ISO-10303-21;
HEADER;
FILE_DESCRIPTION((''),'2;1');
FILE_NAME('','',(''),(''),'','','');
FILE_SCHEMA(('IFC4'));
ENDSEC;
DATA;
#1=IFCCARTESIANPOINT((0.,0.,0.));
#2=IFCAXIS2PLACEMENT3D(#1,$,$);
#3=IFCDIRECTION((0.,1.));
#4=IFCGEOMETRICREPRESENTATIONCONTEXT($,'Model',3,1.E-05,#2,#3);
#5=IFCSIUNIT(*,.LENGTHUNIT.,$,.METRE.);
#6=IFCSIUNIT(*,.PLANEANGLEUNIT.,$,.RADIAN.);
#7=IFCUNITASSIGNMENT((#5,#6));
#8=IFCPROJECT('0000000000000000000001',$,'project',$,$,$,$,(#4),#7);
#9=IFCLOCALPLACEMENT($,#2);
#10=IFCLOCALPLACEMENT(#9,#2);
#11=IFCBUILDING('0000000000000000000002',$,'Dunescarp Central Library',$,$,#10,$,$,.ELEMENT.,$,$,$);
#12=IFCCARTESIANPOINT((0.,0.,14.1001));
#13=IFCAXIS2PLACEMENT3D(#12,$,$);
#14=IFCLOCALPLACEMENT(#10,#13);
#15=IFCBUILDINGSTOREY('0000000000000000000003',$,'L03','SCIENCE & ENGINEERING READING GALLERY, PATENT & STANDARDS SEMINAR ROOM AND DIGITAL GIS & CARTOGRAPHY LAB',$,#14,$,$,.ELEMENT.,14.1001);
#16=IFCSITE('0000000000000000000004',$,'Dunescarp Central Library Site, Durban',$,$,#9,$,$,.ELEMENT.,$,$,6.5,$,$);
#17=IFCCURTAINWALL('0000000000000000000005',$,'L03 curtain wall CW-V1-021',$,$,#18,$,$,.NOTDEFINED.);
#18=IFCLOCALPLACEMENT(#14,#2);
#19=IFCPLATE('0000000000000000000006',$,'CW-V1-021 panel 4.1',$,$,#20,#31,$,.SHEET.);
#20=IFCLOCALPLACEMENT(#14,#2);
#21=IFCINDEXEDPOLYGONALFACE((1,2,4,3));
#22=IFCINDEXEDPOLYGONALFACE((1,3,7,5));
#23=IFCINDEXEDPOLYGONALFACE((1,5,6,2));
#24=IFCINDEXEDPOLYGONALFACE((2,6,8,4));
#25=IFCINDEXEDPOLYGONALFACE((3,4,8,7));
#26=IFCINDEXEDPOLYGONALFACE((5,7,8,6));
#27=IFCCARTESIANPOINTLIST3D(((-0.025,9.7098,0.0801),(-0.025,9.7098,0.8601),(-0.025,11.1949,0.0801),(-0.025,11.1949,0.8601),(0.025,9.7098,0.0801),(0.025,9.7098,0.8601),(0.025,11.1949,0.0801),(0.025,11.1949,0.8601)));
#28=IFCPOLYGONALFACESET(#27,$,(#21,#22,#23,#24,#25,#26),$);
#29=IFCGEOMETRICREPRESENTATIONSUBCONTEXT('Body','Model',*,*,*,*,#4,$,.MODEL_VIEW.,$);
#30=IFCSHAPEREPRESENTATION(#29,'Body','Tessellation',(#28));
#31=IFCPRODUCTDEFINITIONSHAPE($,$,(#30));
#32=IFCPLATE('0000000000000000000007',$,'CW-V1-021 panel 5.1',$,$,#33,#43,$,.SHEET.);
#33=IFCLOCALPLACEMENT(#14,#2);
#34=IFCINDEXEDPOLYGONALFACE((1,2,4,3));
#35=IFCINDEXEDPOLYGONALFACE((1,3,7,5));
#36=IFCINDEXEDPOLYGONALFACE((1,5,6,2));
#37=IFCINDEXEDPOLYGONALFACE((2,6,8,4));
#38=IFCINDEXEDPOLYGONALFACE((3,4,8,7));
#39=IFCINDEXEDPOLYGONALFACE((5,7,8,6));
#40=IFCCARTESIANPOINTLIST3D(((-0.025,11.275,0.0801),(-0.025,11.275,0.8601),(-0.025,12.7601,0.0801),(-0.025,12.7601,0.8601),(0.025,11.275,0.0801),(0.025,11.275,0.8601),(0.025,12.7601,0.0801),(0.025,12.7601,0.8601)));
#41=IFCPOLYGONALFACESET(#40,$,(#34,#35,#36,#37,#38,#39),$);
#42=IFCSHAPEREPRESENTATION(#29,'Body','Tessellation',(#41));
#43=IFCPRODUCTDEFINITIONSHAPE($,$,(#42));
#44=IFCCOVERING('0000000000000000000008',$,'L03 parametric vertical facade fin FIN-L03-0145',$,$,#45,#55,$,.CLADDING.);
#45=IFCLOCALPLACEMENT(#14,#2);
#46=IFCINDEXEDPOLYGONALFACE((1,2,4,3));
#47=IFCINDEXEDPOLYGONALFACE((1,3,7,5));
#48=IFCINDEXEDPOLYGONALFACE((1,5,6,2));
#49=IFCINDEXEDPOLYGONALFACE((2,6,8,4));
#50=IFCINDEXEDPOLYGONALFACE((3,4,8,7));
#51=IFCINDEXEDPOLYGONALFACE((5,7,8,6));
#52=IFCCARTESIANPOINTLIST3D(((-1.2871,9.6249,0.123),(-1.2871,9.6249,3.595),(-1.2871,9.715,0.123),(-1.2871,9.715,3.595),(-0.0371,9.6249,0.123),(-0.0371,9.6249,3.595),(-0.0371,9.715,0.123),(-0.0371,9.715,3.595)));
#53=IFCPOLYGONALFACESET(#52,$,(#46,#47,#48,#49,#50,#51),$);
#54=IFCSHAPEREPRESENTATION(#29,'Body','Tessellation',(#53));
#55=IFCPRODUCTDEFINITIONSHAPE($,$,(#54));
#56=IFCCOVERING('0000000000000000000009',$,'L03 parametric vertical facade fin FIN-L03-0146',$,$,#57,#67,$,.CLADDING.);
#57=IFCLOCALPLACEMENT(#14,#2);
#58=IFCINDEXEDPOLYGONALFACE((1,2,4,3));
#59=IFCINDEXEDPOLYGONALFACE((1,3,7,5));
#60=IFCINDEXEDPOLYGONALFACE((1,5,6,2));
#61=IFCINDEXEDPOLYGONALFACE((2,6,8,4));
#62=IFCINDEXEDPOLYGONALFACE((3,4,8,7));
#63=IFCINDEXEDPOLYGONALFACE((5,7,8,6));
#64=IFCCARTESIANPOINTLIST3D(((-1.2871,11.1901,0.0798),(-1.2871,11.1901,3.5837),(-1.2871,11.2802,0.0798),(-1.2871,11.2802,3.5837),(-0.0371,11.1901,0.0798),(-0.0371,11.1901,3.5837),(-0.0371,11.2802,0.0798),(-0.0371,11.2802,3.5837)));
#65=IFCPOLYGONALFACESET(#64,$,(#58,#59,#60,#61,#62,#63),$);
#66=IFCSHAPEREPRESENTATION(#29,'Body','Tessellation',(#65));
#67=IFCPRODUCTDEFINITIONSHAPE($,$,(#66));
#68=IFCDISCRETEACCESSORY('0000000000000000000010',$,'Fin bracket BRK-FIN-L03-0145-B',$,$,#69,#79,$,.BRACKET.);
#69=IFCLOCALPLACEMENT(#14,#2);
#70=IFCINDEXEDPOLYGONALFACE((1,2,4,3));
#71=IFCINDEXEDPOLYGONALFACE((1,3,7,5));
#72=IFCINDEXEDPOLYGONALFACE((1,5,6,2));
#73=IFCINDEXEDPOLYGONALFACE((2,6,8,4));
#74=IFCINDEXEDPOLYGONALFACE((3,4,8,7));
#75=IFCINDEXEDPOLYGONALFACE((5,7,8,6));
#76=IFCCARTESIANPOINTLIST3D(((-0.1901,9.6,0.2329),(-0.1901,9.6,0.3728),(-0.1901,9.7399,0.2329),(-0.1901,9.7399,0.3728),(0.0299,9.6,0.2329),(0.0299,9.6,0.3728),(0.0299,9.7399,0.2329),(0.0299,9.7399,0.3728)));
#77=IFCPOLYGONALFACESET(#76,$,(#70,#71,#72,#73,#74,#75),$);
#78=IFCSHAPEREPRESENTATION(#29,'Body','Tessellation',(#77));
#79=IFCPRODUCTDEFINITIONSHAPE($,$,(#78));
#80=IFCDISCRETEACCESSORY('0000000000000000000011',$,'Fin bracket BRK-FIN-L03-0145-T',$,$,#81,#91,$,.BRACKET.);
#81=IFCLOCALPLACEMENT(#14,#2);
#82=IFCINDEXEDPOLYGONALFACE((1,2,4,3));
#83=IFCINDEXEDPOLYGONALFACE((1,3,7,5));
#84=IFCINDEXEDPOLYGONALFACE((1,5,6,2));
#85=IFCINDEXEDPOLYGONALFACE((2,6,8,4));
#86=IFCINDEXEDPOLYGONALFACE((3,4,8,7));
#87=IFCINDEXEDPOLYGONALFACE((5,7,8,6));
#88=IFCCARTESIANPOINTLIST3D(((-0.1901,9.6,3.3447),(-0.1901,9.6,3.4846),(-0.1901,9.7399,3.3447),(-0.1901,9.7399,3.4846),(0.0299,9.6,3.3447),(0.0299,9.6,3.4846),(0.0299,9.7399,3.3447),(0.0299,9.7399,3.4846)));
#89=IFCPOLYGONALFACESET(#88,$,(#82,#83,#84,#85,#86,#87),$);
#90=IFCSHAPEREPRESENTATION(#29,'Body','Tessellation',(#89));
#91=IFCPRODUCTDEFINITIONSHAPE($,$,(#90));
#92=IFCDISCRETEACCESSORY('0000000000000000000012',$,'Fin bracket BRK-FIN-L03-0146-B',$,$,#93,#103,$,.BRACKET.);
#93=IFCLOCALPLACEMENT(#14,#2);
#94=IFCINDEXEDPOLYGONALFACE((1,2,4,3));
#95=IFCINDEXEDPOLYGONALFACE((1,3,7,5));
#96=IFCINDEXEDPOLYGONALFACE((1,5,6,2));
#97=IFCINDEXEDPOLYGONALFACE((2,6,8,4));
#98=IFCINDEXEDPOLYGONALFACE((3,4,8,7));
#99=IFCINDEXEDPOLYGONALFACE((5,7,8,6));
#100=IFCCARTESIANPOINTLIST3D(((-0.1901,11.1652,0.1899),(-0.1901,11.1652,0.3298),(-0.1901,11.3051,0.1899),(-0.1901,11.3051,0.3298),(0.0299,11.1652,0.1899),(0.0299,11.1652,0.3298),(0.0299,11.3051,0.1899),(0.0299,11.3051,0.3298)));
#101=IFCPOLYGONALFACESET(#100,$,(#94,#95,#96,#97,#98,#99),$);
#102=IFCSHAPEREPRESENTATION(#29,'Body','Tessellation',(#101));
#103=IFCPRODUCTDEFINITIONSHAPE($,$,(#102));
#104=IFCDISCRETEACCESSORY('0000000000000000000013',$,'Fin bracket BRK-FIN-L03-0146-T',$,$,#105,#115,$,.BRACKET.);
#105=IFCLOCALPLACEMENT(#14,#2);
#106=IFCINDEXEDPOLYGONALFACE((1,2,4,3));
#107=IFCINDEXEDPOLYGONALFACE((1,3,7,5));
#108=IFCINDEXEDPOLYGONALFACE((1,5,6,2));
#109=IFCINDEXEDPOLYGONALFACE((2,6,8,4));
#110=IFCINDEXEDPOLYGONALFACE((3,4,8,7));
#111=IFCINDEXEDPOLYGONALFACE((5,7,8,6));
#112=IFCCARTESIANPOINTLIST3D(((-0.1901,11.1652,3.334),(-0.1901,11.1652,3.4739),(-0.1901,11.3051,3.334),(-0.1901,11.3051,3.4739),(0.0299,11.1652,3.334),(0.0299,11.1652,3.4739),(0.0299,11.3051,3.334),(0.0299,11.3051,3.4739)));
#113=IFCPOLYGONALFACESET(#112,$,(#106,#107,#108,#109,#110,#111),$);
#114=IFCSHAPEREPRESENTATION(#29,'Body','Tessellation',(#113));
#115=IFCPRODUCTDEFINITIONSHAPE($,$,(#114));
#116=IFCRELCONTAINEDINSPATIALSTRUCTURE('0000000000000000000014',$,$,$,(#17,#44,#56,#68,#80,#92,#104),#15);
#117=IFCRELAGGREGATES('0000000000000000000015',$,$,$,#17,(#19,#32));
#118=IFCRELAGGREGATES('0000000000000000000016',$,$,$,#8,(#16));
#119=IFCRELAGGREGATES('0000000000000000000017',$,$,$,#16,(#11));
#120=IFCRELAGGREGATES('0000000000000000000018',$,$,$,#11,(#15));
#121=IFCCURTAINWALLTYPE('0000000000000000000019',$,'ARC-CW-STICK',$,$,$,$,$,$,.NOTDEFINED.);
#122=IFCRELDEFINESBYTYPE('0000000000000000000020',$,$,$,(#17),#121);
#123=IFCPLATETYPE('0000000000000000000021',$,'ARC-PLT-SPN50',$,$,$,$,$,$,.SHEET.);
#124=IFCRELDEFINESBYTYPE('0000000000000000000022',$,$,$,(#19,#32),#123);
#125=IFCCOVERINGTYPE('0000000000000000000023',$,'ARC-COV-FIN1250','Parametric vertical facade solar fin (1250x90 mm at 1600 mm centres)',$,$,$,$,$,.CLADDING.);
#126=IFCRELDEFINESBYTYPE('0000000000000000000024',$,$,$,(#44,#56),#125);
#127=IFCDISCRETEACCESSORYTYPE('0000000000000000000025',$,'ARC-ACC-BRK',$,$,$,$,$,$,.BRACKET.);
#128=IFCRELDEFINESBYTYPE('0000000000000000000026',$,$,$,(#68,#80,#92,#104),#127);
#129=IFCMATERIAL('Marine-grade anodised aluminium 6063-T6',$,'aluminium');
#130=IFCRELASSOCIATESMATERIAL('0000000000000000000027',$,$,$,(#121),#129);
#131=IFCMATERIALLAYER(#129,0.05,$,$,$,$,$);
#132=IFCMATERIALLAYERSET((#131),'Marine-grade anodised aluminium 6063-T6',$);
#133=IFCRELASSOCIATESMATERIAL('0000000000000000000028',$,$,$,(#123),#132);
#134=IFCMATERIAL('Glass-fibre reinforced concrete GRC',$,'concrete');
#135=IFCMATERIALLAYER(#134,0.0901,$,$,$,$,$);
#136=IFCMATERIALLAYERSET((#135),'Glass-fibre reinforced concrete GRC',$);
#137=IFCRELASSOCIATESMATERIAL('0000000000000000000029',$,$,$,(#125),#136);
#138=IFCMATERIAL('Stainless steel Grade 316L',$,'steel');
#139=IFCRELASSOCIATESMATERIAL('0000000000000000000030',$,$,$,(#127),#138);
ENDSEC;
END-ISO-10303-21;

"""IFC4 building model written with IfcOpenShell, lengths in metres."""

from ifc_helpers import new_model, si_unit, direction, frame, origin, origin_2d, place, context, subcontext, project, spatial, rectangle, extrude, material, layer, layer_set, type_object, element, aggregate, save


model = new_model("IFC4")

# Units and contexts
model_context = context("Model", 3, precision=1e-05, world=origin(), true_north=direction((0.0, 1.0)))
body_context = subcontext(model_context, "Body", "Model", "MODEL_VIEW")
ifc_project = project(units=[si_unit("LENGTHUNIT", "METRE"), si_unit("PLANEANGLEUNIT", "RADIAN")], contexts=[model_context])

# Site, building, storey
site_placement = place(None, origin())
site = spatial("IfcSite", under=ifc_project, at=site_placement, Name="Dunescarp Central Library Site, Durban", CompositionType="ELEMENT", RefElevation=6.5)
building_placement = place(site_placement, origin())
building = spatial("IfcBuilding", under=site, at=building_placement, Name="Dunescarp Central Library", CompositionType="ELEMENT")
storey_placement = place(building_placement, frame((0.0, 0.0, 14.1001)))
storey = spatial("IfcBuildingStorey", under=building, at=storey_placement, Name="L03", Description="SCIENCE & ENGINEERING READING GALLERY, PATENT & STANDARDS SEMINAR ROOM AND DIGITAL GIS & CARTOGRAPHY LAB", CompositionType="ELEMENT", Elevation=14.1001)

# Curtain wall, plates
ifc_material_1 = material(Name="Marine-grade anodised aluminium 6063-T6", Category="aluminium")
curtain_wall_type = type_object("IfcCurtainWallType", Name="ARC-CW-STICK", PredefinedType="NOTDEFINED", material=ifc_material_1)
curtain_wall_placement = place(storey_placement, origin())
curtain_wall = element("IfcCurtainWall", 1, at=curtain_wall_placement, inside=storey, type_object=curtain_wall_type, Name="L03 curtain wall CW-V1-021", PredefinedType="NOTDEFINED")
ifc_layer_1 = layer(ifc_material_1, 0.05)
ifc_layer_set_1 = layer_set([ifc_layer_1], Name="Marine-grade anodised aluminium 6063-T6")
plate_type_1 = type_object("IfcPlateType", Name="ARC-PLT-SPN50", PredefinedType="SHEET", material=ifc_layer_set_1)
plate_1_placement = place(storey_placement, frame((0.0, 10.4524, 0.0801), z_axis=(0.0, 0.0, 1.0), x_axis=(0.0, 1.0, 0.0)))
plate_1 = element("IfcPlate", 2, at=plate_1_placement, type_object=plate_type_1, Name="CW-V1-021 panel 4.1", PredefinedType="SHEET", context=body_context, shape_type="SweptSolid", body=[
    extrude(rectangle(XDim=1.4851, YDim=0.05, at=origin_2d()), origin(), (0.0, 0.0, 1.0), 0.78),
])
plate_2_placement = place(storey_placement, frame((0.0, 12.0176, 0.0801), z_axis=(0.0, 0.0, 1.0), x_axis=(0.0, 1.0, 0.0)))
plate_2 = element("IfcPlate", 3, at=plate_2_placement, type_object=plate_type_1, Name="CW-V1-021 panel 5.1", PredefinedType="SHEET", context=body_context, shape_type="SweptSolid", body=[
    extrude(rectangle(XDim=1.4851, YDim=0.05, at=origin_2d()), origin(), (0.0, 0.0, 1.0), 0.78),
])
aggregate(curtain_wall, [plate_1, plate_2])

# Coverings
ifc_material_2 = material(Name="Glass-fibre reinforced concrete GRC", Category="concrete")
ifc_layer_2 = layer(ifc_material_2, 0.0901)
ifc_layer_set_2 = layer_set([ifc_layer_2], Name="Glass-fibre reinforced concrete GRC")
covering_type = type_object("IfcCoveringType", Name="ARC-COV-FIN1250", Description="Parametric vertical facade solar fin (1250x90 mm at 1600 mm centres)", PredefinedType="CLADDING", material=ifc_layer_set_2)
covering_1_placement = place(storey_placement, frame((-0.6621, 9.6699, 0.123), z_axis=(0.0, 0.0, 1.0), x_axis=(-1.0, 0.0, 0.0)))
element("IfcCovering", 4, at=covering_1_placement, inside=storey, type_object=covering_type, Name="L03 parametric vertical facade fin FIN-L03-0145", PredefinedType="CLADDING", context=body_context, shape_type="SweptSolid", body=[
    extrude(rectangle(XDim=1.25, YDim=0.0901, at=origin_2d()), origin(), (0.0, 0.0, 1.0), 3.4719),
])
covering_2_placement = place(storey_placement, frame((-0.6621, 11.2351, 0.0798), z_axis=(0.0, 0.0, 1.0), x_axis=(-1.0, 0.0, 0.0)))
element("IfcCovering", 5, at=covering_2_placement, inside=storey, type_object=covering_type, Name="L03 parametric vertical facade fin FIN-L03-0146", PredefinedType="CLADDING", context=body_context, shape_type="SweptSolid", body=[
    extrude(rectangle(XDim=1.25, YDim=0.0901, at=origin_2d()), origin(), (0.0, 0.0, 1.0), 3.5039),
])

# Discrete accessories
ifc_material_3 = material(Name="Stainless steel Grade 316L", Category="steel")
discrete_accessory_type = type_object("IfcDiscreteAccessoryType", Name="ARC-ACC-BRK", PredefinedType="BRACKET", material=ifc_material_3)
for number, where, z_axis, x_axis, name in (
    (6, (-0.0801, 9.6699, 0.2329), (0.0, 0.0, 1.0), (-1.0, 0.0, 0.0), "Fin bracket BRK-FIN-L03-0145-B"),
    (7, (-0.0801, 9.6699, 3.3447), (0.0, 0.0, 1.0), (-1.0, 0.0, 0.0), "Fin bracket BRK-FIN-L03-0145-T"),
    (8, (-0.0801, 11.2351, 0.1899), (0.0, 0.0, 1.0), (-1.0, 0.0, 0.0), "Fin bracket BRK-FIN-L03-0146-B"),
    (9, (-0.0801, 11.2351, 3.334), (0.0, 0.0, 1.0), (-1.0, 0.0, 0.0), "Fin bracket BRK-FIN-L03-0146-T"),
):
    element("IfcDiscreteAccessory", number, at=place(storey_placement, frame(where, z_axis=z_axis, x_axis=x_axis)), inside=storey, type_object=discrete_accessory_type, Name=name, PredefinedType="BRACKET", context=body_context, shape_type="SweptSolid", body=[
        extrude(rectangle(XDim=0.22, YDim=0.1399, at=origin_2d()), origin(), (0.0, 0.0, 1.0), 0.1399),
    ])

save(model, "model.ifc")
